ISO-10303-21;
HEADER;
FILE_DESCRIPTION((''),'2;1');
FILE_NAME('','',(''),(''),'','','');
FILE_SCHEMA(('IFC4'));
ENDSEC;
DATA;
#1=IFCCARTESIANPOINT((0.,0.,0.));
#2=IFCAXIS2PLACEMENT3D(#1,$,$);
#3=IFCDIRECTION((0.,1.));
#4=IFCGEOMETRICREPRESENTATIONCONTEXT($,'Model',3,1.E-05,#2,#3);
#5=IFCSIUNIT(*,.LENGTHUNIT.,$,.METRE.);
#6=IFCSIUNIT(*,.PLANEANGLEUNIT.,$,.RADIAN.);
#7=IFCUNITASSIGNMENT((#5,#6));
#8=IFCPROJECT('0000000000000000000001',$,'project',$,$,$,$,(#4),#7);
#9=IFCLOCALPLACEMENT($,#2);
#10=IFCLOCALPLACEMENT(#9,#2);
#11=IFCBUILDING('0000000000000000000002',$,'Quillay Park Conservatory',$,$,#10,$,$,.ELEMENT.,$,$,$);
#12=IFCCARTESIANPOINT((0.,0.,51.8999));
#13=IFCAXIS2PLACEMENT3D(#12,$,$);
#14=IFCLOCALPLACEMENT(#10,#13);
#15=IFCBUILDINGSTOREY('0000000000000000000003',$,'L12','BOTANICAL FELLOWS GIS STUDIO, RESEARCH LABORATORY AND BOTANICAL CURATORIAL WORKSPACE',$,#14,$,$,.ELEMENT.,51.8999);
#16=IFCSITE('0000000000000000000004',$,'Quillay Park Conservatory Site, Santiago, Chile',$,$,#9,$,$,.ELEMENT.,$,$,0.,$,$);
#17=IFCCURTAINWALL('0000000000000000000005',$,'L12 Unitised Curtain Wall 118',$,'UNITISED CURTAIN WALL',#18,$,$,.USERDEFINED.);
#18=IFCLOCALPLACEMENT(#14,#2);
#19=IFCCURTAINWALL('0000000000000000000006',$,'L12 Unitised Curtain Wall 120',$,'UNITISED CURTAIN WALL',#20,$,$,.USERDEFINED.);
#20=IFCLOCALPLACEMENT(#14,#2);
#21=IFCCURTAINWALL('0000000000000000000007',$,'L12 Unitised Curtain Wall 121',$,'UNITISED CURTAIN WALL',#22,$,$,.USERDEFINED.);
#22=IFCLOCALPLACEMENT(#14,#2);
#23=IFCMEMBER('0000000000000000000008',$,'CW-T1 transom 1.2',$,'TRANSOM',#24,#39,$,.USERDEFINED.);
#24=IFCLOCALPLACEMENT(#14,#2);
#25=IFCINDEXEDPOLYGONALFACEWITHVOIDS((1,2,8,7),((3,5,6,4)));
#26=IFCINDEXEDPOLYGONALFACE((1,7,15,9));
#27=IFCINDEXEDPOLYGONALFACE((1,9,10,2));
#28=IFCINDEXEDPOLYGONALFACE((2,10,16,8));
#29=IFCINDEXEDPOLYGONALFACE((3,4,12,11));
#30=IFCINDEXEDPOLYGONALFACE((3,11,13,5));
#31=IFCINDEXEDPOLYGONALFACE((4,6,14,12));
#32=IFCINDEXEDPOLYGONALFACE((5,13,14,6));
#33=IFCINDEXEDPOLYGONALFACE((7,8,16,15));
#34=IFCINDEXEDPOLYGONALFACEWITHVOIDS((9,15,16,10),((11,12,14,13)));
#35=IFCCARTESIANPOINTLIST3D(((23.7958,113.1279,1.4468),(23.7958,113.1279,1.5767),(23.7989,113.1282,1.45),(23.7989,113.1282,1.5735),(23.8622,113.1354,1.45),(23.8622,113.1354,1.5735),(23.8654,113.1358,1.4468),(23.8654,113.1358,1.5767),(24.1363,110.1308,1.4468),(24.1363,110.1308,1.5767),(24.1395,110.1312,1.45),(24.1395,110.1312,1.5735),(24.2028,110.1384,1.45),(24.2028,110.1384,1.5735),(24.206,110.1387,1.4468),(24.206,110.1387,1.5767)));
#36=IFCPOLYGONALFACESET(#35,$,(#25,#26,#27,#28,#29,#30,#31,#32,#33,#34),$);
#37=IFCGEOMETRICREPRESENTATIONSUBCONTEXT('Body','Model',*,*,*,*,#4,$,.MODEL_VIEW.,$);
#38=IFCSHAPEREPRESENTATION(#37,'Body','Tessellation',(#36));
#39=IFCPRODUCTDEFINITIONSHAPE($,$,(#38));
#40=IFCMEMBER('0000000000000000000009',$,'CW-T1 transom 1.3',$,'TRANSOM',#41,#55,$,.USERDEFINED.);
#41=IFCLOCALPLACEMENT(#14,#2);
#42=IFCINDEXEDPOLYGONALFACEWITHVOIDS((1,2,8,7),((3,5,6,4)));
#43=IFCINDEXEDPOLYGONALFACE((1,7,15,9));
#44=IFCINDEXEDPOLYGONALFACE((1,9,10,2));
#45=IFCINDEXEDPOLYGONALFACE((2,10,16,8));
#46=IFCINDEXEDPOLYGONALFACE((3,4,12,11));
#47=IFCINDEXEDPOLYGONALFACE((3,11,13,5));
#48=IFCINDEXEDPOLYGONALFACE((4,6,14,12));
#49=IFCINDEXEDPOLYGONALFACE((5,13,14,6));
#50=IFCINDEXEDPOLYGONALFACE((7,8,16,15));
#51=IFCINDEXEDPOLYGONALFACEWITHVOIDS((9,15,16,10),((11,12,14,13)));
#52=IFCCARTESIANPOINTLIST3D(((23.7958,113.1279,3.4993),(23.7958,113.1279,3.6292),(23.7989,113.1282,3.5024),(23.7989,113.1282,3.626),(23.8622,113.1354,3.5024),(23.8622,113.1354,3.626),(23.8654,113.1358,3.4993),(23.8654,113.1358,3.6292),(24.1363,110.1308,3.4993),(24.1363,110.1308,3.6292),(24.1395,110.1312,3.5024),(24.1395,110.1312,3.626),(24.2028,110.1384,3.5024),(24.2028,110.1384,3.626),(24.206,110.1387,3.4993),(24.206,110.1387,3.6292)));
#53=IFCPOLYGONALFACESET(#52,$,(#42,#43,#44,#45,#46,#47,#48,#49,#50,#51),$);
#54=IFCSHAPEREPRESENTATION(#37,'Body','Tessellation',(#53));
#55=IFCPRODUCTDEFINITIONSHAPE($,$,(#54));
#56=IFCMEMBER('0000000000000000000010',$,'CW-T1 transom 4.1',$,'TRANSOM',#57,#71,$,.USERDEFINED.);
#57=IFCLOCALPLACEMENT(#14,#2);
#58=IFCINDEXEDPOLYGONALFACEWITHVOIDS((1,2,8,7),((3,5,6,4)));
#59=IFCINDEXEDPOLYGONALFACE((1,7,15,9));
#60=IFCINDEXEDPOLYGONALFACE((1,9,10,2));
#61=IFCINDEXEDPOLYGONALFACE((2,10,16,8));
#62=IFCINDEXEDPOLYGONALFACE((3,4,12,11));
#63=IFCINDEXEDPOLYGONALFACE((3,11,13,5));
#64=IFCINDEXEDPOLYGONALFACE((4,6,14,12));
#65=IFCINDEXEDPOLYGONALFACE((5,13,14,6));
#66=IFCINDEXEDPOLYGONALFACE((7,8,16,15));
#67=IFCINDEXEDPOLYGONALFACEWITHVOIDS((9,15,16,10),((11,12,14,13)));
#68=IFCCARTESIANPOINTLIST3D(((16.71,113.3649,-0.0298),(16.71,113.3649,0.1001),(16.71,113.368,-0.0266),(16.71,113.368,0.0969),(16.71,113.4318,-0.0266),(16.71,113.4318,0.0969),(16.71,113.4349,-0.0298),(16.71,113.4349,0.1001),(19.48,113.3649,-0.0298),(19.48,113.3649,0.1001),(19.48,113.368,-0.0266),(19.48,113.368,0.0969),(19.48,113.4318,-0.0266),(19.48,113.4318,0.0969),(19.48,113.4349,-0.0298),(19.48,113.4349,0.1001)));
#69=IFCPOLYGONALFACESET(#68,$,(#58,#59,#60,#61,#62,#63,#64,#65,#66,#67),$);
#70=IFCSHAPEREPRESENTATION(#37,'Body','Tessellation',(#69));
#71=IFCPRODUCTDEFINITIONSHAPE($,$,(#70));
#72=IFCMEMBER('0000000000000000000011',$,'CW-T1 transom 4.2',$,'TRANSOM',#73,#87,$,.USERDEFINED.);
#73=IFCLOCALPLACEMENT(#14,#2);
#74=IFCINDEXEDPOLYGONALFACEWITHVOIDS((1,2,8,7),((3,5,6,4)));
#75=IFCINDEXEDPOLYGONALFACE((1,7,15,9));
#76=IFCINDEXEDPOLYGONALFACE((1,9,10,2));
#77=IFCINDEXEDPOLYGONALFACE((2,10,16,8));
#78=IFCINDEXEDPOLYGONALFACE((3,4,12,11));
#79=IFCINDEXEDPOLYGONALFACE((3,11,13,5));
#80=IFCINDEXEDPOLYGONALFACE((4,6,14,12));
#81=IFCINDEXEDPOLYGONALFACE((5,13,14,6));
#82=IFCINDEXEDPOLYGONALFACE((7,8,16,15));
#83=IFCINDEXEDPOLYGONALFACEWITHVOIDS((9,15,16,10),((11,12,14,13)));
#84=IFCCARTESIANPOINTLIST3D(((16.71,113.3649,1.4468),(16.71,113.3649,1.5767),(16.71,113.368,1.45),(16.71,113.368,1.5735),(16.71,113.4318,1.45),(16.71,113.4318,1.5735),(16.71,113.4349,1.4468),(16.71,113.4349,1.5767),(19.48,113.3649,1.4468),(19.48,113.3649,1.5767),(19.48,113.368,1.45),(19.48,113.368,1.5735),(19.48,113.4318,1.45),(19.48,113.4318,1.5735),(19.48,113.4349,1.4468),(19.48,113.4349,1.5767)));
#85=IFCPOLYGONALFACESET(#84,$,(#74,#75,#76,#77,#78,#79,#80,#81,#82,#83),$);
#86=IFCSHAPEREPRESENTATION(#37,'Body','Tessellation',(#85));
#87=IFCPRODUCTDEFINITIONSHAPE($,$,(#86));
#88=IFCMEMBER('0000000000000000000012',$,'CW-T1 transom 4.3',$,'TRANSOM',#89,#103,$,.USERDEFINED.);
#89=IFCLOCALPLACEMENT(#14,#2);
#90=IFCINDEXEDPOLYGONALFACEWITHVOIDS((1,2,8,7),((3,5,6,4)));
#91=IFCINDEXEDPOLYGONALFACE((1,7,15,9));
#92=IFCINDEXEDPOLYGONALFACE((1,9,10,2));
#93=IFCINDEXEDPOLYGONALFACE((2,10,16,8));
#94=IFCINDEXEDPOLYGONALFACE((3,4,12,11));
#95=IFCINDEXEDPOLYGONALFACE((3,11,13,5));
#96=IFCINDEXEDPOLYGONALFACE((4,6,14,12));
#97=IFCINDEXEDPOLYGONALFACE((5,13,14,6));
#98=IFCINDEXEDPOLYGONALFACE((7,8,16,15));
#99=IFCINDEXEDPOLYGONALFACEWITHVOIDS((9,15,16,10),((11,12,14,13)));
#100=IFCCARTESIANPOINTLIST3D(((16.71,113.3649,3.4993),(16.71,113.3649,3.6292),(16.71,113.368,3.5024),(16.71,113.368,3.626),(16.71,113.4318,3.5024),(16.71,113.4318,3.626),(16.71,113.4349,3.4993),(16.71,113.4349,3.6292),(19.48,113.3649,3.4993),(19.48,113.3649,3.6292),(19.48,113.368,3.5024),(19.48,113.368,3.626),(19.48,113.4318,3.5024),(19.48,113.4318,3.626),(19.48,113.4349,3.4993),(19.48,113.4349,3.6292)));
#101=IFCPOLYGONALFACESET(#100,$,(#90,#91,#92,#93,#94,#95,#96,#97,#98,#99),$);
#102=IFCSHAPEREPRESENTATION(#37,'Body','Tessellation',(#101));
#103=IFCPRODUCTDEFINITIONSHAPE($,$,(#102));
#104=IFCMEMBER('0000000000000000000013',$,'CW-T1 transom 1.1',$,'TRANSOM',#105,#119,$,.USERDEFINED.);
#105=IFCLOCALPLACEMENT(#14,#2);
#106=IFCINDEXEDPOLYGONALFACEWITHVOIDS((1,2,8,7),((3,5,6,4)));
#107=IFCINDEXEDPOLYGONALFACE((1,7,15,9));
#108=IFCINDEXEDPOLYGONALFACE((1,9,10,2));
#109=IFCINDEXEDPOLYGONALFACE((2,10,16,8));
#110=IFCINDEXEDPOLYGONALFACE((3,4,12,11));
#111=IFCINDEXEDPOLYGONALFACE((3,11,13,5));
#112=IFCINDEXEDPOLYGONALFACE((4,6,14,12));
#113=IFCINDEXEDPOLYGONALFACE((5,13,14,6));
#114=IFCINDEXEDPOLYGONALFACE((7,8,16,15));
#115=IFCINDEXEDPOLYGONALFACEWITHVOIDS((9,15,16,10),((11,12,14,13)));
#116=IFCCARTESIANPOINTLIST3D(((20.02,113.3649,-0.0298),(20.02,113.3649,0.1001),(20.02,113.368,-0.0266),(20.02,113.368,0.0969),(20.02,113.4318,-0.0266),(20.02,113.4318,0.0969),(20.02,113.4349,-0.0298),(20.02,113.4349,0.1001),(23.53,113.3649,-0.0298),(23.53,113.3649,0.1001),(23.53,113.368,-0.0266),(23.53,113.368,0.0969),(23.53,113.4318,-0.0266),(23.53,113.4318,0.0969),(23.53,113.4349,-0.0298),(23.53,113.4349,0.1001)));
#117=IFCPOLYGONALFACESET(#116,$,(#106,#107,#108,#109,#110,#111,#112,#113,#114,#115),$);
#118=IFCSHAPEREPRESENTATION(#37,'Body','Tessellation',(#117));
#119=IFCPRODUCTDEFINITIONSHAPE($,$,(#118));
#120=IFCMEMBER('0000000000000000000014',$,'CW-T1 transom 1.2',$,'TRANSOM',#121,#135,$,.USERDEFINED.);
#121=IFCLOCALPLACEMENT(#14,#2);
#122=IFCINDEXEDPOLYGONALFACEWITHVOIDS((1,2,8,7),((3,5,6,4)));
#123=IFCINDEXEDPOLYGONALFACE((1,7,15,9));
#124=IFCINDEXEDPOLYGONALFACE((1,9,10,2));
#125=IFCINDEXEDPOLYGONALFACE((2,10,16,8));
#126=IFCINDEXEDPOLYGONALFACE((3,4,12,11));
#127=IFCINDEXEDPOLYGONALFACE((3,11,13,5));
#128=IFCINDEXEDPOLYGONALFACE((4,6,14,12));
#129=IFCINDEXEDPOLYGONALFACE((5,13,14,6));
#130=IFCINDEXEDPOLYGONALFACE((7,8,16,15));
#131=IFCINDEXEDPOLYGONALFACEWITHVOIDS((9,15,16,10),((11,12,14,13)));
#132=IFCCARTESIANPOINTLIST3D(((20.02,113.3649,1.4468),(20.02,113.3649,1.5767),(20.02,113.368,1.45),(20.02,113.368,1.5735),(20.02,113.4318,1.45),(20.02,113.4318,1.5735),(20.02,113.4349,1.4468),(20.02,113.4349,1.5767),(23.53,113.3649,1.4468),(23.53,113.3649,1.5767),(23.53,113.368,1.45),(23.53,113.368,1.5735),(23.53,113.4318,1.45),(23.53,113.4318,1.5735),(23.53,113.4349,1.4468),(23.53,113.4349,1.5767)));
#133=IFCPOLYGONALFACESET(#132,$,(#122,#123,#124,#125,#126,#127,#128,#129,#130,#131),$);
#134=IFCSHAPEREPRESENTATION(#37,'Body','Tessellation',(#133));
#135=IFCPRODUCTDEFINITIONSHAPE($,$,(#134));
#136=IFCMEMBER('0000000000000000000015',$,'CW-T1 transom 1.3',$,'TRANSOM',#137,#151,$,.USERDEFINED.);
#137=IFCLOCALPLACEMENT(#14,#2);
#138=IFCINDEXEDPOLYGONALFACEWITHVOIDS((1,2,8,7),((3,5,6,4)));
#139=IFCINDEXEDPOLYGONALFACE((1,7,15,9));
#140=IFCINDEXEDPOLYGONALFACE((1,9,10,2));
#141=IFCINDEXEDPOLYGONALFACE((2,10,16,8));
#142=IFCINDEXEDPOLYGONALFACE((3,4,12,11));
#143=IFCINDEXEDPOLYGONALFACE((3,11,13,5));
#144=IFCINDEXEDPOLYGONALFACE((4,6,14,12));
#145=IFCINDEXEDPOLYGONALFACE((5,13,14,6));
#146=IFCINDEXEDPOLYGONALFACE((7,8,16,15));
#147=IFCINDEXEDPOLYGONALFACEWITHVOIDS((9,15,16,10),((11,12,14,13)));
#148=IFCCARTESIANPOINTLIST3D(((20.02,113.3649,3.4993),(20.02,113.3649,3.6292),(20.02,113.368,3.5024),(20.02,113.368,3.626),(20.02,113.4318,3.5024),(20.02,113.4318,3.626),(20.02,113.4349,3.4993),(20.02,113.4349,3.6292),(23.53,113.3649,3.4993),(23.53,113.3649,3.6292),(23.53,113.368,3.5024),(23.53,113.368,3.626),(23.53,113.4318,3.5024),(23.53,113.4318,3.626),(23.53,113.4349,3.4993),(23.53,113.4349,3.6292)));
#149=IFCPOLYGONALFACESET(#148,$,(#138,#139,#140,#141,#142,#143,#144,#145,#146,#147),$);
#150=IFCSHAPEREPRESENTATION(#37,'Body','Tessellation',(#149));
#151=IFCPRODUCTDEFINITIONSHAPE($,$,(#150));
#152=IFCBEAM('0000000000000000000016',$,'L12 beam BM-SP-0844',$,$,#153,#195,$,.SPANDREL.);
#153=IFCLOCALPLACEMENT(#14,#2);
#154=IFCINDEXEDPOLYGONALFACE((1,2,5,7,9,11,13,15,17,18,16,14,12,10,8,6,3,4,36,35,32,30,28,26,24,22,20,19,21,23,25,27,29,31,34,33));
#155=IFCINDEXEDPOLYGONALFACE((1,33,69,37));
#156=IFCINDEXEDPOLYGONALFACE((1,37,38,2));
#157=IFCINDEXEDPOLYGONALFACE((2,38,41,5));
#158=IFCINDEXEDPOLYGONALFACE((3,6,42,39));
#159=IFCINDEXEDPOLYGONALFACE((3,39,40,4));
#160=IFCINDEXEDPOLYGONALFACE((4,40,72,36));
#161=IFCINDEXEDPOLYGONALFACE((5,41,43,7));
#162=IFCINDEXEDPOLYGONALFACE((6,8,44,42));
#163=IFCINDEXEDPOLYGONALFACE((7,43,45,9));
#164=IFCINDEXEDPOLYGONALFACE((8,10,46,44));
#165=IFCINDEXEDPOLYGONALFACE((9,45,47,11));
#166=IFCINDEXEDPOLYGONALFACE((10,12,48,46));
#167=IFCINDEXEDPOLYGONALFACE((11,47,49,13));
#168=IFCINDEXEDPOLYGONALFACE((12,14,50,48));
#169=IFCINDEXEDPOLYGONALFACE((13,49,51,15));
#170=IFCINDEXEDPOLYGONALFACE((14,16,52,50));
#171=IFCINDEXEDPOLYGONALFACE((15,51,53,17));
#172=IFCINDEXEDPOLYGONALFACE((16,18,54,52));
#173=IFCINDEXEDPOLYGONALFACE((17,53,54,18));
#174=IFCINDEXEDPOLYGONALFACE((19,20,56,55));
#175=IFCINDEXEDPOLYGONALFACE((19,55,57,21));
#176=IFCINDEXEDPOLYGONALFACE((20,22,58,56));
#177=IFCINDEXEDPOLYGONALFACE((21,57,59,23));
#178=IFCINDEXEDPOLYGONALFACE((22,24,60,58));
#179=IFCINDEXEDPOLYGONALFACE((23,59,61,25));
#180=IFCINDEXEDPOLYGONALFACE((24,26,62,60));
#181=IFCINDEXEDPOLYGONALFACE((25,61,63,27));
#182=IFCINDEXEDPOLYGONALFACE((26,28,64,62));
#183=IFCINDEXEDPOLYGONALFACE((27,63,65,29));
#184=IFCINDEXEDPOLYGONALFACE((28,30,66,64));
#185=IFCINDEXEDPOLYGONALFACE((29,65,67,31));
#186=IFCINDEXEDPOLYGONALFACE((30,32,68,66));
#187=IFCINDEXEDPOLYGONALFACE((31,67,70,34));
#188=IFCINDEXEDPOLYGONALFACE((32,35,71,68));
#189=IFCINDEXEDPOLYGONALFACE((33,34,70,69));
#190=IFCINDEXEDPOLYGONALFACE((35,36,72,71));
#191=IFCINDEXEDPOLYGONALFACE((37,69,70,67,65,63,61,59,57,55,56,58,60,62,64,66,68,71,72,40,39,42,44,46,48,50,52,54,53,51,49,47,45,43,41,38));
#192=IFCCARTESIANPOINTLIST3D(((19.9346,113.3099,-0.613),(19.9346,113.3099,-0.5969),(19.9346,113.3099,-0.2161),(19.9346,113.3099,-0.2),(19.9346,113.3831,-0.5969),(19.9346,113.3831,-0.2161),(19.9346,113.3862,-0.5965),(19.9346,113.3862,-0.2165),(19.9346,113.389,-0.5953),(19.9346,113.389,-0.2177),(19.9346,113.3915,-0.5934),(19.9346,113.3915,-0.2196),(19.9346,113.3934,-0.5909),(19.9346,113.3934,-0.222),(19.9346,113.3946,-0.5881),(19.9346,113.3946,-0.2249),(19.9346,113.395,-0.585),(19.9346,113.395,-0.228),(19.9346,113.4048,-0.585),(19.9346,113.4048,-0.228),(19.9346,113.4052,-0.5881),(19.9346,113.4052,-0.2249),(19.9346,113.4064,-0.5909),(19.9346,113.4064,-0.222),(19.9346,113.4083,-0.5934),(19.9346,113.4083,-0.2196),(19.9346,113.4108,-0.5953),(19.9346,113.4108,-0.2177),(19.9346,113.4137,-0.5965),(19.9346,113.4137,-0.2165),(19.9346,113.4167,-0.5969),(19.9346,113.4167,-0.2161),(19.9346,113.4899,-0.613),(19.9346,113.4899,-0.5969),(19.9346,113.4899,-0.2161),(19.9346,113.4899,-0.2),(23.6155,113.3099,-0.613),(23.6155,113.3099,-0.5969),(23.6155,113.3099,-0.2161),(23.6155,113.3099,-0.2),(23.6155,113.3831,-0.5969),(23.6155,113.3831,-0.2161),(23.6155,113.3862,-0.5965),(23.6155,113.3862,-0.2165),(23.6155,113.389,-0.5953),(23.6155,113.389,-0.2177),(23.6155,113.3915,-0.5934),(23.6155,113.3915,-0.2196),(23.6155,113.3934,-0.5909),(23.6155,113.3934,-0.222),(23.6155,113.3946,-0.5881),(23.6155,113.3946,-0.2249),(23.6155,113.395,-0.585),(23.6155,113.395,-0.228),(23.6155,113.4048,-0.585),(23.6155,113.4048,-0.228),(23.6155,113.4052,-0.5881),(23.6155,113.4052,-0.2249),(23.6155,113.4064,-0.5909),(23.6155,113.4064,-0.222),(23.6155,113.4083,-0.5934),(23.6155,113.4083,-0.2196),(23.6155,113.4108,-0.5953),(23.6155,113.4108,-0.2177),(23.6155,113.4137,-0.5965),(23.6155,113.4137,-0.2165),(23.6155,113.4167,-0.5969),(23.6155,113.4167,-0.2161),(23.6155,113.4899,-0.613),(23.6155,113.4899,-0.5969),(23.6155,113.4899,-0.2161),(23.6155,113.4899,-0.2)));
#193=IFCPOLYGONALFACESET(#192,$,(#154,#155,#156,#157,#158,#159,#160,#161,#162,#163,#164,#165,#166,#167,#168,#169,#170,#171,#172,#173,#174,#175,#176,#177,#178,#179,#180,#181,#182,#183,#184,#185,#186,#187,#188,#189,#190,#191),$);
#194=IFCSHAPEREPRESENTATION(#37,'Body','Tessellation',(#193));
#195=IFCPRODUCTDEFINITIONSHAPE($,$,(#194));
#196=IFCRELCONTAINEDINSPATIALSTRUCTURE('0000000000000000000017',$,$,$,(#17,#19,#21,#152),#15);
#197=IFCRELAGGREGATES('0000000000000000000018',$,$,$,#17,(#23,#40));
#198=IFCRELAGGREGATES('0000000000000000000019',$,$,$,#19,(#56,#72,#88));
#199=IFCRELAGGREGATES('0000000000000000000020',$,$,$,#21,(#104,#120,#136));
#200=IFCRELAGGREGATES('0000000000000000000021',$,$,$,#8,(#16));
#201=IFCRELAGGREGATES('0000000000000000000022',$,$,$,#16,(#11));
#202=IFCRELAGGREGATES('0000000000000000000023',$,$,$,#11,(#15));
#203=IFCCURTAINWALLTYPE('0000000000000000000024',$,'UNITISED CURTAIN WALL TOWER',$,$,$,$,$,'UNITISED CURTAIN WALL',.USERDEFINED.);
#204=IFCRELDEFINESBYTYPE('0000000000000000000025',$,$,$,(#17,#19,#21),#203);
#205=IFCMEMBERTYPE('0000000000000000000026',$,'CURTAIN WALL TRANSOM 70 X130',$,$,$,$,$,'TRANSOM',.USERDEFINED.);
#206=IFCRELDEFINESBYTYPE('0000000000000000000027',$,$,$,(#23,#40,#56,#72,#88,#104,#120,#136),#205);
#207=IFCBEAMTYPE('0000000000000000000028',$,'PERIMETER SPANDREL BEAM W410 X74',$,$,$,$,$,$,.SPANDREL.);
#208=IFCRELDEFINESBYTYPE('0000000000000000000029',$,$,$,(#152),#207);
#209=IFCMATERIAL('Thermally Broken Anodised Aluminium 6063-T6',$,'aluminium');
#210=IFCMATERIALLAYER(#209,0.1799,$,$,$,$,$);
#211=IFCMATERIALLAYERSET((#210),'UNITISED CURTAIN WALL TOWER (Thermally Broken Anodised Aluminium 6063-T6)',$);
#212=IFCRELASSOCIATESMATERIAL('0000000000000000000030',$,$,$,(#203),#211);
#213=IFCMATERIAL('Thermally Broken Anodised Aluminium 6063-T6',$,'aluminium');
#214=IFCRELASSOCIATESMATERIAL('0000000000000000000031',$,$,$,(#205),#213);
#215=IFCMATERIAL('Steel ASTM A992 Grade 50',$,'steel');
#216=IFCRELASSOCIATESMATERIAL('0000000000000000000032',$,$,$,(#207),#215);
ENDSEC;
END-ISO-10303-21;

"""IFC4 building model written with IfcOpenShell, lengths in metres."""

from ifc_helpers import new_model, si_unit, direction, frame, origin, origin_2d, place, context, subcontext, project, spatial, hollow_rectangle, i_section, extrude, material, layer, layer_set, material_profile, profile_set, type_object, element, aggregate, save


model = new_model("IFC4")

# Units and contexts
model_context = context("Model", 3, precision=1e-05, world=origin(), true_north=direction((0.0, 1.0)))
body_context = subcontext(model_context, "Body", "Model", "MODEL_VIEW")
ifc_project = project(units=[si_unit("LENGTHUNIT", "METRE"), si_unit("PLANEANGLEUNIT", "RADIAN")], contexts=[model_context])

# Site, building, storey
site_placement = place(None, origin())
site = spatial("IfcSite", under=ifc_project, at=site_placement, Name="Quillay Park Conservatory Site, Santiago, Chile", CompositionType="ELEMENT", RefElevation=0.0)
building_placement = place(site_placement, origin())
building = spatial("IfcBuilding", under=site, at=building_placement, Name="Quillay Park Conservatory", CompositionType="ELEMENT")
storey_placement = place(building_placement, frame((0.0, 0.0, 51.8999)))
storey = spatial("IfcBuildingStorey", under=building, at=storey_placement, Name="L12", Description="BOTANICAL FELLOWS GIS STUDIO, RESEARCH LABORATORY AND BOTANICAL CURATORIAL WORKSPACE", CompositionType="ELEMENT", Elevation=51.8999)

# Curtain walls
ifc_material_1 = material(Name="Thermally Broken Anodised Aluminium 6063-T6", Category="aluminium")
ifc_layer_1 = layer(ifc_material_1, 0.1799)
ifc_layer_set_1 = layer_set([ifc_layer_1], Name="UNITISED CURTAIN WALL TOWER (Thermally Broken Anodised Aluminium 6063-T6)")
curtain_wall_type = type_object("IfcCurtainWallType", Name="UNITISED CURTAIN WALL TOWER", ElementType="UNITISED CURTAIN WALL", PredefinedType="USERDEFINED", material=ifc_layer_set_1)
curtain_wall_1_placement = place(storey_placement, origin())
curtain_wall_1 = element("IfcCurtainWall", 1, at=curtain_wall_1_placement, inside=storey, type_object=curtain_wall_type, Name="L12 Unitised Curtain Wall 118", ObjectType="UNITISED CURTAIN WALL", PredefinedType="USERDEFINED")
curtain_wall_2_placement = place(storey_placement, origin())
curtain_wall_2 = element("IfcCurtainWall", 2, at=curtain_wall_2_placement, inside=storey, type_object=curtain_wall_type, Name="L12 Unitised Curtain Wall 120", ObjectType="UNITISED CURTAIN WALL", PredefinedType="USERDEFINED")

# Curtain wall
curtain_wall_3_placement = place(storey_placement, origin())
curtain_wall_3 = element("IfcCurtainWall", 3, at=curtain_wall_3_placement, inside=storey, type_object=curtain_wall_type, Name="L12 Unitised Curtain Wall 121", ObjectType="UNITISED CURTAIN WALL", PredefinedType="USERDEFINED")

# Members
ifc_material_2 = material(Name="Thermally Broken Anodised Aluminium 6063-T6", Category="aluminium")
ifc_material_profile_1 = material_profile(ifc_material_2, hollow_rectangle(XDim=0.0701, YDim=0.1299, WallThickness=0.0032, at=origin_2d()), Name="AL70x130x3.2")
ifc_profile_set_1 = profile_set([ifc_material_profile_1], Name="Thermally Broken Anodised Aluminium 6063-T6")
member_type_1 = type_object("IfcMemberType", Name="CURTAIN WALL TRANSOM 70 X130", ElementType="TRANSOM", PredefinedType="USERDEFINED", material=ifc_profile_set_1)
member_1_placement = place(storey_placement, frame((23.8306, 113.1318, 1.5117), z_axis=(0.11291, -0.993605, 0.0), x_axis=(0.993605, 0.11291, 0.0)))
member_1 = element("IfcMember", 4, at=member_1_placement, type_object=member_type_1, Name="CW-T1 transom 1.2", ObjectType="TRANSOM", PredefinedType="USERDEFINED", context=body_context, shape_type="SweptSolid", body=[
    extrude(hollow_rectangle(XDim=0.0701, YDim=0.1299, WallThickness=0.0032, at=origin_2d()), origin(), (0.0, 0.0, 1.0), 3.0164),
])
member_2_placement = place(storey_placement, frame((23.8306, 113.1318, 3.5642), z_axis=(0.11291, -0.993605, 0.0), x_axis=(0.993605, 0.11291, 0.0)))
member_2 = element("IfcMember", 5, at=member_2_placement, type_object=member_type_1, Name="CW-T1 transom 1.3", ObjectType="TRANSOM", PredefinedType="USERDEFINED", context=body_context, shape_type="SweptSolid", body=[
    extrude(hollow_rectangle(XDim=0.0701, YDim=0.1299, WallThickness=0.0032, at=origin_2d()), origin(), (0.0, 0.0, 1.0), 3.0164),
])
member_3_placement = place(storey_placement, frame((16.71, 113.3999, 0.0352), z_axis=(1.0, 0.0, 0.0), x_axis=(0.0, 1.0, 0.0)))
member_3 = element("IfcMember", 6, at=member_3_placement, type_object=member_type_1, Name="CW-T1 transom 4.1", ObjectType="TRANSOM", PredefinedType="USERDEFINED", context=body_context, shape_type="SweptSolid", body=[
    extrude(hollow_rectangle(XDim=0.0701, YDim=0.1299, WallThickness=0.0032, at=origin_2d()), origin(), (0.0, 0.0, 1.0), 2.77),
])
member_4_placement = place(storey_placement, frame((16.71, 113.3999, 1.5117), z_axis=(1.0, 0.0, 0.0), x_axis=(0.0, 1.0, 0.0)))
member_4 = element("IfcMember", 7, at=member_4_placement, type_object=member_type_1, Name="CW-T1 transom 4.2", ObjectType="TRANSOM", PredefinedType="USERDEFINED", context=body_context, shape_type="SweptSolid", body=[
    extrude(hollow_rectangle(XDim=0.0701, YDim=0.1299, WallThickness=0.0032, at=origin_2d()), origin(), (0.0, 0.0, 1.0), 2.77),
])
member_5_placement = place(storey_placement, frame((16.71, 113.3999, 3.5642), z_axis=(1.0, 0.0, 0.0), x_axis=(0.0, 1.0, 0.0)))
member_5 = element("IfcMember", 8, at=member_5_placement, type_object=member_type_1, Name="CW-T1 transom 4.3", ObjectType="TRANSOM", PredefinedType="USERDEFINED", context=body_context, shape_type="SweptSolid", body=[
    extrude(hollow_rectangle(XDim=0.0701, YDim=0.1299, WallThickness=0.0032, at=origin_2d()), origin(), (0.0, 0.0, 1.0), 2.77),
])
member_6_placement = place(storey_placement, frame((20.02, 113.3999, 0.0352), z_axis=(1.0, 0.0, 0.0), x_axis=(0.0, 1.0, 0.0)))
member_6 = element("IfcMember", 9, at=member_6_placement, type_object=member_type_1, Name="CW-T1 transom 1.1", ObjectType="TRANSOM", PredefinedType="USERDEFINED", context=body_context, shape_type="SweptSolid", body=[
    extrude(hollow_rectangle(XDim=0.0701, YDim=0.1299, WallThickness=0.0032, at=origin_2d()), origin(), (0.0, 0.0, 1.0), 3.51),
])
member_7_placement = place(storey_placement, frame((20.02, 113.3999, 1.5117), z_axis=(1.0, 0.0, 0.0), x_axis=(0.0, 1.0, 0.0)))
member_7 = element("IfcMember", 10, at=member_7_placement, type_object=member_type_1, Name="CW-T1 transom 1.2", ObjectType="TRANSOM", PredefinedType="USERDEFINED", context=body_context, shape_type="SweptSolid", body=[
    extrude(hollow_rectangle(XDim=0.0701, YDim=0.1299, WallThickness=0.0032, at=origin_2d()), origin(), (0.0, 0.0, 1.0), 3.51),
])
member_8_placement = place(storey_placement, frame((20.02, 113.3999, 3.5642), z_axis=(1.0, 0.0, 0.0), x_axis=(0.0, 1.0, 0.0)))
member_8 = element("IfcMember", 11, at=member_8_placement, type_object=member_type_1, Name="CW-T1 transom 1.3", ObjectType="TRANSOM", PredefinedType="USERDEFINED", context=body_context, shape_type="SweptSolid", body=[
    extrude(hollow_rectangle(XDim=0.0701, YDim=0.1299, WallThickness=0.0032, at=origin_2d()), origin(), (0.0, 0.0, 1.0), 3.51),
])

# Beam
ifc_material_3 = material(Name="Steel ASTM A992 Grade 50", Category="steel")
ifc_material_profile_2 = material_profile(ifc_material_3, i_section(OverallWidth=0.1799, OverallDepth=0.4131, WebThickness=0.0098, FlangeThickness=0.0161, FilletRadius=0.012, at=origin_2d()), Name="W410x74")
ifc_profile_set_2 = profile_set([ifc_material_profile_2], Name="Steel ASTM A992 Grade 50")
beam_type = type_object("IfcBeamType", Name="PERIMETER SPANDREL BEAM W410 X74", PredefinedType="SPANDREL", material=ifc_profile_set_2)
beam_placement = place(storey_placement, frame((19.9346, 113.3999, -0.4065), z_axis=(1.0, 0.0, 0.0), x_axis=(0.0, 1.0, 0.0)))
element("IfcBeam", 12, at=beam_placement, inside=storey, type_object=beam_type, Name="L12 beam BM-SP-0844", PredefinedType="SPANDREL", context=body_context, shape_type="SweptSolid", body=[
    extrude(i_section(OverallWidth=0.1799, OverallDepth=0.4131, WebThickness=0.0098, FlangeThickness=0.0161, FilletRadius=0.012, at=origin_2d()), origin(), (0.0, 0.0, 1.0), 3.6809),
])

aggregate(curtain_wall_1, [member_1, member_2])
aggregate(curtain_wall_2, [member_3, member_4, member_5])
aggregate(curtain_wall_3, [member_6, member_7, member_8])

save(model, "model.ifc")
